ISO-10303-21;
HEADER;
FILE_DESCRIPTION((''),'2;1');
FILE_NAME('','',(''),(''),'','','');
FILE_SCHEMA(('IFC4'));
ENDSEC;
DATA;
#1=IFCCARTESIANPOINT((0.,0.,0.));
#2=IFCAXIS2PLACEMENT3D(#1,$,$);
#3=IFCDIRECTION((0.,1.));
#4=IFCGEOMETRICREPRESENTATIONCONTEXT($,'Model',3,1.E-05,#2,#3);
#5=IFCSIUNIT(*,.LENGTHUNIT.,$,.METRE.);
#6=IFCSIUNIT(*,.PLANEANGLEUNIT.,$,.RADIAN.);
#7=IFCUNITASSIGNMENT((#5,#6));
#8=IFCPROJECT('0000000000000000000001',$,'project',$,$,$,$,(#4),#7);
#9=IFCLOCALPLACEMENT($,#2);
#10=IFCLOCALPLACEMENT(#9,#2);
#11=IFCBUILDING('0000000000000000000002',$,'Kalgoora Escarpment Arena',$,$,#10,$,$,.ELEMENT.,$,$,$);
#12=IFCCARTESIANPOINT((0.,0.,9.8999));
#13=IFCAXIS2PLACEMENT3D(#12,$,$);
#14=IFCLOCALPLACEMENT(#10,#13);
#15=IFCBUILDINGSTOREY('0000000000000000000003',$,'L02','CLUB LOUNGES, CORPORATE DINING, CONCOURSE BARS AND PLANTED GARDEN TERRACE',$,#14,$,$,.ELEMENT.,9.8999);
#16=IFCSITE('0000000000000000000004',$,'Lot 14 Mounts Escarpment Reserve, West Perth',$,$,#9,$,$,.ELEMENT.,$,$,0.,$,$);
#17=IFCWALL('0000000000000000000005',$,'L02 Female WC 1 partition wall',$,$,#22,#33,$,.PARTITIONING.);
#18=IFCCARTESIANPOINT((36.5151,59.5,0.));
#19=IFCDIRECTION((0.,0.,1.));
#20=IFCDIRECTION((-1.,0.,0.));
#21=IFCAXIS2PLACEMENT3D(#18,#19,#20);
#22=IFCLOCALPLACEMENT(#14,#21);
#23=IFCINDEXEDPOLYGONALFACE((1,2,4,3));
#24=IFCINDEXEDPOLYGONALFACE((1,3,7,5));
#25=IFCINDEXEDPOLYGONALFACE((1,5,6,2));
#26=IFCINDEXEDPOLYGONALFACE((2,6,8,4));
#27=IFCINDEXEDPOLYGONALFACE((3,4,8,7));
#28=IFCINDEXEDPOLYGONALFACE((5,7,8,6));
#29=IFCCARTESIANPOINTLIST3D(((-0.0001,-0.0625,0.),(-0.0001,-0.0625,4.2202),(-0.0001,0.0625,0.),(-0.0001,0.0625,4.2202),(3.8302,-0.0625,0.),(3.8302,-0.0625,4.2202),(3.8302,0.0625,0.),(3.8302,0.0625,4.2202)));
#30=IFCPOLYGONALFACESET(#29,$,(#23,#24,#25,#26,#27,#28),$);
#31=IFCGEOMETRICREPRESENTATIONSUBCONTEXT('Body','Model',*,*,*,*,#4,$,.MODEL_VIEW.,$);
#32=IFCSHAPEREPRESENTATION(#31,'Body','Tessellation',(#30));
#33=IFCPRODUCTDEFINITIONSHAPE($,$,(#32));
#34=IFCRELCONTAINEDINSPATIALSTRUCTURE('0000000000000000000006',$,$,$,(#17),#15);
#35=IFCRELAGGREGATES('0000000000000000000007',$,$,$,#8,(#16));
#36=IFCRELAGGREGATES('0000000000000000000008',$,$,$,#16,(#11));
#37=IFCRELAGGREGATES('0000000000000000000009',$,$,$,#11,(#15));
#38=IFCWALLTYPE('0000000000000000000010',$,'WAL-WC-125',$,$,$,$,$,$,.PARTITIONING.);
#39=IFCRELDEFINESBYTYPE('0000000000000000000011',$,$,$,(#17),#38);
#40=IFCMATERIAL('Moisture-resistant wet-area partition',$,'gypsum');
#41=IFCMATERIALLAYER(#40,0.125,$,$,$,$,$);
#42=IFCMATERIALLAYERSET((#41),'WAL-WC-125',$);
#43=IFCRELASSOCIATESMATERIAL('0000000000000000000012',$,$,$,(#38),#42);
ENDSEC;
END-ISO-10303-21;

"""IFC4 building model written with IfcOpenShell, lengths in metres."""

from ifc_helpers import new_model, si_unit, direction, frame, frame_2d, origin, place, context, subcontext, project, spatial, rectangle, extrude, material, layer, layer_set, type_object, element, save


model = new_model("IFC4")

# Units and contexts
model_context = context("Model", 3, precision=1e-05, world=origin(), true_north=direction((0.0, 1.0)))
body_context = subcontext(model_context, "Body", "Model", "MODEL_VIEW")
ifc_project = project(units=[si_unit("LENGTHUNIT", "METRE"), si_unit("PLANEANGLEUNIT", "RADIAN")], contexts=[model_context])

# Site, building, storey
site_placement = place(None, origin())
site = spatial("IfcSite", under=ifc_project, at=site_placement, Name="Lot 14 Mounts Escarpment Reserve, West Perth", CompositionType="ELEMENT", RefElevation=0.0)
building_placement = place(site_placement, origin())
building = spatial("IfcBuilding", under=site, at=building_placement, Name="Kalgoora Escarpment Arena", CompositionType="ELEMENT")
storey_placement = place(building_placement, frame((0.0, 0.0, 9.8999)))
storey = spatial("IfcBuildingStorey", under=building, at=storey_placement, Name="L02", Description="CLUB LOUNGES, CORPORATE DINING, CONCOURSE BARS AND PLANTED GARDEN TERRACE", CompositionType="ELEMENT", Elevation=9.8999)

# Wall
ifc_material_1 = material(Name="Moisture-resistant wet-area partition", Category="gypsum")
ifc_layer_1 = layer(ifc_material_1, 0.125)
ifc_layer_set_1 = layer_set([ifc_layer_1], Name="WAL-WC-125")
wall_type_1 = type_object("IfcWallType", Name="WAL-WC-125", PredefinedType="PARTITIONING", material=ifc_layer_set_1)
wall_1_placement = place(storey_placement, frame((36.5151, 59.5, 0.0), z_axis=(0.0, 0.0, 1.0), x_axis=(-1.0, 0.0, 0.0)))
element("IfcWall", 1, at=wall_1_placement, inside=storey, type_object=wall_type_1, Name="L02 Female WC 1 partition wall", PredefinedType="PARTITIONING", context=body_context, shape_type="SweptSolid", body=[
    extrude(rectangle(XDim=3.8303, YDim=0.125, at=frame_2d((1.915, 0.0))), origin(), (0.0, 0.0, 1.0), 4.2202),
])

save(model, "model.ifc")
